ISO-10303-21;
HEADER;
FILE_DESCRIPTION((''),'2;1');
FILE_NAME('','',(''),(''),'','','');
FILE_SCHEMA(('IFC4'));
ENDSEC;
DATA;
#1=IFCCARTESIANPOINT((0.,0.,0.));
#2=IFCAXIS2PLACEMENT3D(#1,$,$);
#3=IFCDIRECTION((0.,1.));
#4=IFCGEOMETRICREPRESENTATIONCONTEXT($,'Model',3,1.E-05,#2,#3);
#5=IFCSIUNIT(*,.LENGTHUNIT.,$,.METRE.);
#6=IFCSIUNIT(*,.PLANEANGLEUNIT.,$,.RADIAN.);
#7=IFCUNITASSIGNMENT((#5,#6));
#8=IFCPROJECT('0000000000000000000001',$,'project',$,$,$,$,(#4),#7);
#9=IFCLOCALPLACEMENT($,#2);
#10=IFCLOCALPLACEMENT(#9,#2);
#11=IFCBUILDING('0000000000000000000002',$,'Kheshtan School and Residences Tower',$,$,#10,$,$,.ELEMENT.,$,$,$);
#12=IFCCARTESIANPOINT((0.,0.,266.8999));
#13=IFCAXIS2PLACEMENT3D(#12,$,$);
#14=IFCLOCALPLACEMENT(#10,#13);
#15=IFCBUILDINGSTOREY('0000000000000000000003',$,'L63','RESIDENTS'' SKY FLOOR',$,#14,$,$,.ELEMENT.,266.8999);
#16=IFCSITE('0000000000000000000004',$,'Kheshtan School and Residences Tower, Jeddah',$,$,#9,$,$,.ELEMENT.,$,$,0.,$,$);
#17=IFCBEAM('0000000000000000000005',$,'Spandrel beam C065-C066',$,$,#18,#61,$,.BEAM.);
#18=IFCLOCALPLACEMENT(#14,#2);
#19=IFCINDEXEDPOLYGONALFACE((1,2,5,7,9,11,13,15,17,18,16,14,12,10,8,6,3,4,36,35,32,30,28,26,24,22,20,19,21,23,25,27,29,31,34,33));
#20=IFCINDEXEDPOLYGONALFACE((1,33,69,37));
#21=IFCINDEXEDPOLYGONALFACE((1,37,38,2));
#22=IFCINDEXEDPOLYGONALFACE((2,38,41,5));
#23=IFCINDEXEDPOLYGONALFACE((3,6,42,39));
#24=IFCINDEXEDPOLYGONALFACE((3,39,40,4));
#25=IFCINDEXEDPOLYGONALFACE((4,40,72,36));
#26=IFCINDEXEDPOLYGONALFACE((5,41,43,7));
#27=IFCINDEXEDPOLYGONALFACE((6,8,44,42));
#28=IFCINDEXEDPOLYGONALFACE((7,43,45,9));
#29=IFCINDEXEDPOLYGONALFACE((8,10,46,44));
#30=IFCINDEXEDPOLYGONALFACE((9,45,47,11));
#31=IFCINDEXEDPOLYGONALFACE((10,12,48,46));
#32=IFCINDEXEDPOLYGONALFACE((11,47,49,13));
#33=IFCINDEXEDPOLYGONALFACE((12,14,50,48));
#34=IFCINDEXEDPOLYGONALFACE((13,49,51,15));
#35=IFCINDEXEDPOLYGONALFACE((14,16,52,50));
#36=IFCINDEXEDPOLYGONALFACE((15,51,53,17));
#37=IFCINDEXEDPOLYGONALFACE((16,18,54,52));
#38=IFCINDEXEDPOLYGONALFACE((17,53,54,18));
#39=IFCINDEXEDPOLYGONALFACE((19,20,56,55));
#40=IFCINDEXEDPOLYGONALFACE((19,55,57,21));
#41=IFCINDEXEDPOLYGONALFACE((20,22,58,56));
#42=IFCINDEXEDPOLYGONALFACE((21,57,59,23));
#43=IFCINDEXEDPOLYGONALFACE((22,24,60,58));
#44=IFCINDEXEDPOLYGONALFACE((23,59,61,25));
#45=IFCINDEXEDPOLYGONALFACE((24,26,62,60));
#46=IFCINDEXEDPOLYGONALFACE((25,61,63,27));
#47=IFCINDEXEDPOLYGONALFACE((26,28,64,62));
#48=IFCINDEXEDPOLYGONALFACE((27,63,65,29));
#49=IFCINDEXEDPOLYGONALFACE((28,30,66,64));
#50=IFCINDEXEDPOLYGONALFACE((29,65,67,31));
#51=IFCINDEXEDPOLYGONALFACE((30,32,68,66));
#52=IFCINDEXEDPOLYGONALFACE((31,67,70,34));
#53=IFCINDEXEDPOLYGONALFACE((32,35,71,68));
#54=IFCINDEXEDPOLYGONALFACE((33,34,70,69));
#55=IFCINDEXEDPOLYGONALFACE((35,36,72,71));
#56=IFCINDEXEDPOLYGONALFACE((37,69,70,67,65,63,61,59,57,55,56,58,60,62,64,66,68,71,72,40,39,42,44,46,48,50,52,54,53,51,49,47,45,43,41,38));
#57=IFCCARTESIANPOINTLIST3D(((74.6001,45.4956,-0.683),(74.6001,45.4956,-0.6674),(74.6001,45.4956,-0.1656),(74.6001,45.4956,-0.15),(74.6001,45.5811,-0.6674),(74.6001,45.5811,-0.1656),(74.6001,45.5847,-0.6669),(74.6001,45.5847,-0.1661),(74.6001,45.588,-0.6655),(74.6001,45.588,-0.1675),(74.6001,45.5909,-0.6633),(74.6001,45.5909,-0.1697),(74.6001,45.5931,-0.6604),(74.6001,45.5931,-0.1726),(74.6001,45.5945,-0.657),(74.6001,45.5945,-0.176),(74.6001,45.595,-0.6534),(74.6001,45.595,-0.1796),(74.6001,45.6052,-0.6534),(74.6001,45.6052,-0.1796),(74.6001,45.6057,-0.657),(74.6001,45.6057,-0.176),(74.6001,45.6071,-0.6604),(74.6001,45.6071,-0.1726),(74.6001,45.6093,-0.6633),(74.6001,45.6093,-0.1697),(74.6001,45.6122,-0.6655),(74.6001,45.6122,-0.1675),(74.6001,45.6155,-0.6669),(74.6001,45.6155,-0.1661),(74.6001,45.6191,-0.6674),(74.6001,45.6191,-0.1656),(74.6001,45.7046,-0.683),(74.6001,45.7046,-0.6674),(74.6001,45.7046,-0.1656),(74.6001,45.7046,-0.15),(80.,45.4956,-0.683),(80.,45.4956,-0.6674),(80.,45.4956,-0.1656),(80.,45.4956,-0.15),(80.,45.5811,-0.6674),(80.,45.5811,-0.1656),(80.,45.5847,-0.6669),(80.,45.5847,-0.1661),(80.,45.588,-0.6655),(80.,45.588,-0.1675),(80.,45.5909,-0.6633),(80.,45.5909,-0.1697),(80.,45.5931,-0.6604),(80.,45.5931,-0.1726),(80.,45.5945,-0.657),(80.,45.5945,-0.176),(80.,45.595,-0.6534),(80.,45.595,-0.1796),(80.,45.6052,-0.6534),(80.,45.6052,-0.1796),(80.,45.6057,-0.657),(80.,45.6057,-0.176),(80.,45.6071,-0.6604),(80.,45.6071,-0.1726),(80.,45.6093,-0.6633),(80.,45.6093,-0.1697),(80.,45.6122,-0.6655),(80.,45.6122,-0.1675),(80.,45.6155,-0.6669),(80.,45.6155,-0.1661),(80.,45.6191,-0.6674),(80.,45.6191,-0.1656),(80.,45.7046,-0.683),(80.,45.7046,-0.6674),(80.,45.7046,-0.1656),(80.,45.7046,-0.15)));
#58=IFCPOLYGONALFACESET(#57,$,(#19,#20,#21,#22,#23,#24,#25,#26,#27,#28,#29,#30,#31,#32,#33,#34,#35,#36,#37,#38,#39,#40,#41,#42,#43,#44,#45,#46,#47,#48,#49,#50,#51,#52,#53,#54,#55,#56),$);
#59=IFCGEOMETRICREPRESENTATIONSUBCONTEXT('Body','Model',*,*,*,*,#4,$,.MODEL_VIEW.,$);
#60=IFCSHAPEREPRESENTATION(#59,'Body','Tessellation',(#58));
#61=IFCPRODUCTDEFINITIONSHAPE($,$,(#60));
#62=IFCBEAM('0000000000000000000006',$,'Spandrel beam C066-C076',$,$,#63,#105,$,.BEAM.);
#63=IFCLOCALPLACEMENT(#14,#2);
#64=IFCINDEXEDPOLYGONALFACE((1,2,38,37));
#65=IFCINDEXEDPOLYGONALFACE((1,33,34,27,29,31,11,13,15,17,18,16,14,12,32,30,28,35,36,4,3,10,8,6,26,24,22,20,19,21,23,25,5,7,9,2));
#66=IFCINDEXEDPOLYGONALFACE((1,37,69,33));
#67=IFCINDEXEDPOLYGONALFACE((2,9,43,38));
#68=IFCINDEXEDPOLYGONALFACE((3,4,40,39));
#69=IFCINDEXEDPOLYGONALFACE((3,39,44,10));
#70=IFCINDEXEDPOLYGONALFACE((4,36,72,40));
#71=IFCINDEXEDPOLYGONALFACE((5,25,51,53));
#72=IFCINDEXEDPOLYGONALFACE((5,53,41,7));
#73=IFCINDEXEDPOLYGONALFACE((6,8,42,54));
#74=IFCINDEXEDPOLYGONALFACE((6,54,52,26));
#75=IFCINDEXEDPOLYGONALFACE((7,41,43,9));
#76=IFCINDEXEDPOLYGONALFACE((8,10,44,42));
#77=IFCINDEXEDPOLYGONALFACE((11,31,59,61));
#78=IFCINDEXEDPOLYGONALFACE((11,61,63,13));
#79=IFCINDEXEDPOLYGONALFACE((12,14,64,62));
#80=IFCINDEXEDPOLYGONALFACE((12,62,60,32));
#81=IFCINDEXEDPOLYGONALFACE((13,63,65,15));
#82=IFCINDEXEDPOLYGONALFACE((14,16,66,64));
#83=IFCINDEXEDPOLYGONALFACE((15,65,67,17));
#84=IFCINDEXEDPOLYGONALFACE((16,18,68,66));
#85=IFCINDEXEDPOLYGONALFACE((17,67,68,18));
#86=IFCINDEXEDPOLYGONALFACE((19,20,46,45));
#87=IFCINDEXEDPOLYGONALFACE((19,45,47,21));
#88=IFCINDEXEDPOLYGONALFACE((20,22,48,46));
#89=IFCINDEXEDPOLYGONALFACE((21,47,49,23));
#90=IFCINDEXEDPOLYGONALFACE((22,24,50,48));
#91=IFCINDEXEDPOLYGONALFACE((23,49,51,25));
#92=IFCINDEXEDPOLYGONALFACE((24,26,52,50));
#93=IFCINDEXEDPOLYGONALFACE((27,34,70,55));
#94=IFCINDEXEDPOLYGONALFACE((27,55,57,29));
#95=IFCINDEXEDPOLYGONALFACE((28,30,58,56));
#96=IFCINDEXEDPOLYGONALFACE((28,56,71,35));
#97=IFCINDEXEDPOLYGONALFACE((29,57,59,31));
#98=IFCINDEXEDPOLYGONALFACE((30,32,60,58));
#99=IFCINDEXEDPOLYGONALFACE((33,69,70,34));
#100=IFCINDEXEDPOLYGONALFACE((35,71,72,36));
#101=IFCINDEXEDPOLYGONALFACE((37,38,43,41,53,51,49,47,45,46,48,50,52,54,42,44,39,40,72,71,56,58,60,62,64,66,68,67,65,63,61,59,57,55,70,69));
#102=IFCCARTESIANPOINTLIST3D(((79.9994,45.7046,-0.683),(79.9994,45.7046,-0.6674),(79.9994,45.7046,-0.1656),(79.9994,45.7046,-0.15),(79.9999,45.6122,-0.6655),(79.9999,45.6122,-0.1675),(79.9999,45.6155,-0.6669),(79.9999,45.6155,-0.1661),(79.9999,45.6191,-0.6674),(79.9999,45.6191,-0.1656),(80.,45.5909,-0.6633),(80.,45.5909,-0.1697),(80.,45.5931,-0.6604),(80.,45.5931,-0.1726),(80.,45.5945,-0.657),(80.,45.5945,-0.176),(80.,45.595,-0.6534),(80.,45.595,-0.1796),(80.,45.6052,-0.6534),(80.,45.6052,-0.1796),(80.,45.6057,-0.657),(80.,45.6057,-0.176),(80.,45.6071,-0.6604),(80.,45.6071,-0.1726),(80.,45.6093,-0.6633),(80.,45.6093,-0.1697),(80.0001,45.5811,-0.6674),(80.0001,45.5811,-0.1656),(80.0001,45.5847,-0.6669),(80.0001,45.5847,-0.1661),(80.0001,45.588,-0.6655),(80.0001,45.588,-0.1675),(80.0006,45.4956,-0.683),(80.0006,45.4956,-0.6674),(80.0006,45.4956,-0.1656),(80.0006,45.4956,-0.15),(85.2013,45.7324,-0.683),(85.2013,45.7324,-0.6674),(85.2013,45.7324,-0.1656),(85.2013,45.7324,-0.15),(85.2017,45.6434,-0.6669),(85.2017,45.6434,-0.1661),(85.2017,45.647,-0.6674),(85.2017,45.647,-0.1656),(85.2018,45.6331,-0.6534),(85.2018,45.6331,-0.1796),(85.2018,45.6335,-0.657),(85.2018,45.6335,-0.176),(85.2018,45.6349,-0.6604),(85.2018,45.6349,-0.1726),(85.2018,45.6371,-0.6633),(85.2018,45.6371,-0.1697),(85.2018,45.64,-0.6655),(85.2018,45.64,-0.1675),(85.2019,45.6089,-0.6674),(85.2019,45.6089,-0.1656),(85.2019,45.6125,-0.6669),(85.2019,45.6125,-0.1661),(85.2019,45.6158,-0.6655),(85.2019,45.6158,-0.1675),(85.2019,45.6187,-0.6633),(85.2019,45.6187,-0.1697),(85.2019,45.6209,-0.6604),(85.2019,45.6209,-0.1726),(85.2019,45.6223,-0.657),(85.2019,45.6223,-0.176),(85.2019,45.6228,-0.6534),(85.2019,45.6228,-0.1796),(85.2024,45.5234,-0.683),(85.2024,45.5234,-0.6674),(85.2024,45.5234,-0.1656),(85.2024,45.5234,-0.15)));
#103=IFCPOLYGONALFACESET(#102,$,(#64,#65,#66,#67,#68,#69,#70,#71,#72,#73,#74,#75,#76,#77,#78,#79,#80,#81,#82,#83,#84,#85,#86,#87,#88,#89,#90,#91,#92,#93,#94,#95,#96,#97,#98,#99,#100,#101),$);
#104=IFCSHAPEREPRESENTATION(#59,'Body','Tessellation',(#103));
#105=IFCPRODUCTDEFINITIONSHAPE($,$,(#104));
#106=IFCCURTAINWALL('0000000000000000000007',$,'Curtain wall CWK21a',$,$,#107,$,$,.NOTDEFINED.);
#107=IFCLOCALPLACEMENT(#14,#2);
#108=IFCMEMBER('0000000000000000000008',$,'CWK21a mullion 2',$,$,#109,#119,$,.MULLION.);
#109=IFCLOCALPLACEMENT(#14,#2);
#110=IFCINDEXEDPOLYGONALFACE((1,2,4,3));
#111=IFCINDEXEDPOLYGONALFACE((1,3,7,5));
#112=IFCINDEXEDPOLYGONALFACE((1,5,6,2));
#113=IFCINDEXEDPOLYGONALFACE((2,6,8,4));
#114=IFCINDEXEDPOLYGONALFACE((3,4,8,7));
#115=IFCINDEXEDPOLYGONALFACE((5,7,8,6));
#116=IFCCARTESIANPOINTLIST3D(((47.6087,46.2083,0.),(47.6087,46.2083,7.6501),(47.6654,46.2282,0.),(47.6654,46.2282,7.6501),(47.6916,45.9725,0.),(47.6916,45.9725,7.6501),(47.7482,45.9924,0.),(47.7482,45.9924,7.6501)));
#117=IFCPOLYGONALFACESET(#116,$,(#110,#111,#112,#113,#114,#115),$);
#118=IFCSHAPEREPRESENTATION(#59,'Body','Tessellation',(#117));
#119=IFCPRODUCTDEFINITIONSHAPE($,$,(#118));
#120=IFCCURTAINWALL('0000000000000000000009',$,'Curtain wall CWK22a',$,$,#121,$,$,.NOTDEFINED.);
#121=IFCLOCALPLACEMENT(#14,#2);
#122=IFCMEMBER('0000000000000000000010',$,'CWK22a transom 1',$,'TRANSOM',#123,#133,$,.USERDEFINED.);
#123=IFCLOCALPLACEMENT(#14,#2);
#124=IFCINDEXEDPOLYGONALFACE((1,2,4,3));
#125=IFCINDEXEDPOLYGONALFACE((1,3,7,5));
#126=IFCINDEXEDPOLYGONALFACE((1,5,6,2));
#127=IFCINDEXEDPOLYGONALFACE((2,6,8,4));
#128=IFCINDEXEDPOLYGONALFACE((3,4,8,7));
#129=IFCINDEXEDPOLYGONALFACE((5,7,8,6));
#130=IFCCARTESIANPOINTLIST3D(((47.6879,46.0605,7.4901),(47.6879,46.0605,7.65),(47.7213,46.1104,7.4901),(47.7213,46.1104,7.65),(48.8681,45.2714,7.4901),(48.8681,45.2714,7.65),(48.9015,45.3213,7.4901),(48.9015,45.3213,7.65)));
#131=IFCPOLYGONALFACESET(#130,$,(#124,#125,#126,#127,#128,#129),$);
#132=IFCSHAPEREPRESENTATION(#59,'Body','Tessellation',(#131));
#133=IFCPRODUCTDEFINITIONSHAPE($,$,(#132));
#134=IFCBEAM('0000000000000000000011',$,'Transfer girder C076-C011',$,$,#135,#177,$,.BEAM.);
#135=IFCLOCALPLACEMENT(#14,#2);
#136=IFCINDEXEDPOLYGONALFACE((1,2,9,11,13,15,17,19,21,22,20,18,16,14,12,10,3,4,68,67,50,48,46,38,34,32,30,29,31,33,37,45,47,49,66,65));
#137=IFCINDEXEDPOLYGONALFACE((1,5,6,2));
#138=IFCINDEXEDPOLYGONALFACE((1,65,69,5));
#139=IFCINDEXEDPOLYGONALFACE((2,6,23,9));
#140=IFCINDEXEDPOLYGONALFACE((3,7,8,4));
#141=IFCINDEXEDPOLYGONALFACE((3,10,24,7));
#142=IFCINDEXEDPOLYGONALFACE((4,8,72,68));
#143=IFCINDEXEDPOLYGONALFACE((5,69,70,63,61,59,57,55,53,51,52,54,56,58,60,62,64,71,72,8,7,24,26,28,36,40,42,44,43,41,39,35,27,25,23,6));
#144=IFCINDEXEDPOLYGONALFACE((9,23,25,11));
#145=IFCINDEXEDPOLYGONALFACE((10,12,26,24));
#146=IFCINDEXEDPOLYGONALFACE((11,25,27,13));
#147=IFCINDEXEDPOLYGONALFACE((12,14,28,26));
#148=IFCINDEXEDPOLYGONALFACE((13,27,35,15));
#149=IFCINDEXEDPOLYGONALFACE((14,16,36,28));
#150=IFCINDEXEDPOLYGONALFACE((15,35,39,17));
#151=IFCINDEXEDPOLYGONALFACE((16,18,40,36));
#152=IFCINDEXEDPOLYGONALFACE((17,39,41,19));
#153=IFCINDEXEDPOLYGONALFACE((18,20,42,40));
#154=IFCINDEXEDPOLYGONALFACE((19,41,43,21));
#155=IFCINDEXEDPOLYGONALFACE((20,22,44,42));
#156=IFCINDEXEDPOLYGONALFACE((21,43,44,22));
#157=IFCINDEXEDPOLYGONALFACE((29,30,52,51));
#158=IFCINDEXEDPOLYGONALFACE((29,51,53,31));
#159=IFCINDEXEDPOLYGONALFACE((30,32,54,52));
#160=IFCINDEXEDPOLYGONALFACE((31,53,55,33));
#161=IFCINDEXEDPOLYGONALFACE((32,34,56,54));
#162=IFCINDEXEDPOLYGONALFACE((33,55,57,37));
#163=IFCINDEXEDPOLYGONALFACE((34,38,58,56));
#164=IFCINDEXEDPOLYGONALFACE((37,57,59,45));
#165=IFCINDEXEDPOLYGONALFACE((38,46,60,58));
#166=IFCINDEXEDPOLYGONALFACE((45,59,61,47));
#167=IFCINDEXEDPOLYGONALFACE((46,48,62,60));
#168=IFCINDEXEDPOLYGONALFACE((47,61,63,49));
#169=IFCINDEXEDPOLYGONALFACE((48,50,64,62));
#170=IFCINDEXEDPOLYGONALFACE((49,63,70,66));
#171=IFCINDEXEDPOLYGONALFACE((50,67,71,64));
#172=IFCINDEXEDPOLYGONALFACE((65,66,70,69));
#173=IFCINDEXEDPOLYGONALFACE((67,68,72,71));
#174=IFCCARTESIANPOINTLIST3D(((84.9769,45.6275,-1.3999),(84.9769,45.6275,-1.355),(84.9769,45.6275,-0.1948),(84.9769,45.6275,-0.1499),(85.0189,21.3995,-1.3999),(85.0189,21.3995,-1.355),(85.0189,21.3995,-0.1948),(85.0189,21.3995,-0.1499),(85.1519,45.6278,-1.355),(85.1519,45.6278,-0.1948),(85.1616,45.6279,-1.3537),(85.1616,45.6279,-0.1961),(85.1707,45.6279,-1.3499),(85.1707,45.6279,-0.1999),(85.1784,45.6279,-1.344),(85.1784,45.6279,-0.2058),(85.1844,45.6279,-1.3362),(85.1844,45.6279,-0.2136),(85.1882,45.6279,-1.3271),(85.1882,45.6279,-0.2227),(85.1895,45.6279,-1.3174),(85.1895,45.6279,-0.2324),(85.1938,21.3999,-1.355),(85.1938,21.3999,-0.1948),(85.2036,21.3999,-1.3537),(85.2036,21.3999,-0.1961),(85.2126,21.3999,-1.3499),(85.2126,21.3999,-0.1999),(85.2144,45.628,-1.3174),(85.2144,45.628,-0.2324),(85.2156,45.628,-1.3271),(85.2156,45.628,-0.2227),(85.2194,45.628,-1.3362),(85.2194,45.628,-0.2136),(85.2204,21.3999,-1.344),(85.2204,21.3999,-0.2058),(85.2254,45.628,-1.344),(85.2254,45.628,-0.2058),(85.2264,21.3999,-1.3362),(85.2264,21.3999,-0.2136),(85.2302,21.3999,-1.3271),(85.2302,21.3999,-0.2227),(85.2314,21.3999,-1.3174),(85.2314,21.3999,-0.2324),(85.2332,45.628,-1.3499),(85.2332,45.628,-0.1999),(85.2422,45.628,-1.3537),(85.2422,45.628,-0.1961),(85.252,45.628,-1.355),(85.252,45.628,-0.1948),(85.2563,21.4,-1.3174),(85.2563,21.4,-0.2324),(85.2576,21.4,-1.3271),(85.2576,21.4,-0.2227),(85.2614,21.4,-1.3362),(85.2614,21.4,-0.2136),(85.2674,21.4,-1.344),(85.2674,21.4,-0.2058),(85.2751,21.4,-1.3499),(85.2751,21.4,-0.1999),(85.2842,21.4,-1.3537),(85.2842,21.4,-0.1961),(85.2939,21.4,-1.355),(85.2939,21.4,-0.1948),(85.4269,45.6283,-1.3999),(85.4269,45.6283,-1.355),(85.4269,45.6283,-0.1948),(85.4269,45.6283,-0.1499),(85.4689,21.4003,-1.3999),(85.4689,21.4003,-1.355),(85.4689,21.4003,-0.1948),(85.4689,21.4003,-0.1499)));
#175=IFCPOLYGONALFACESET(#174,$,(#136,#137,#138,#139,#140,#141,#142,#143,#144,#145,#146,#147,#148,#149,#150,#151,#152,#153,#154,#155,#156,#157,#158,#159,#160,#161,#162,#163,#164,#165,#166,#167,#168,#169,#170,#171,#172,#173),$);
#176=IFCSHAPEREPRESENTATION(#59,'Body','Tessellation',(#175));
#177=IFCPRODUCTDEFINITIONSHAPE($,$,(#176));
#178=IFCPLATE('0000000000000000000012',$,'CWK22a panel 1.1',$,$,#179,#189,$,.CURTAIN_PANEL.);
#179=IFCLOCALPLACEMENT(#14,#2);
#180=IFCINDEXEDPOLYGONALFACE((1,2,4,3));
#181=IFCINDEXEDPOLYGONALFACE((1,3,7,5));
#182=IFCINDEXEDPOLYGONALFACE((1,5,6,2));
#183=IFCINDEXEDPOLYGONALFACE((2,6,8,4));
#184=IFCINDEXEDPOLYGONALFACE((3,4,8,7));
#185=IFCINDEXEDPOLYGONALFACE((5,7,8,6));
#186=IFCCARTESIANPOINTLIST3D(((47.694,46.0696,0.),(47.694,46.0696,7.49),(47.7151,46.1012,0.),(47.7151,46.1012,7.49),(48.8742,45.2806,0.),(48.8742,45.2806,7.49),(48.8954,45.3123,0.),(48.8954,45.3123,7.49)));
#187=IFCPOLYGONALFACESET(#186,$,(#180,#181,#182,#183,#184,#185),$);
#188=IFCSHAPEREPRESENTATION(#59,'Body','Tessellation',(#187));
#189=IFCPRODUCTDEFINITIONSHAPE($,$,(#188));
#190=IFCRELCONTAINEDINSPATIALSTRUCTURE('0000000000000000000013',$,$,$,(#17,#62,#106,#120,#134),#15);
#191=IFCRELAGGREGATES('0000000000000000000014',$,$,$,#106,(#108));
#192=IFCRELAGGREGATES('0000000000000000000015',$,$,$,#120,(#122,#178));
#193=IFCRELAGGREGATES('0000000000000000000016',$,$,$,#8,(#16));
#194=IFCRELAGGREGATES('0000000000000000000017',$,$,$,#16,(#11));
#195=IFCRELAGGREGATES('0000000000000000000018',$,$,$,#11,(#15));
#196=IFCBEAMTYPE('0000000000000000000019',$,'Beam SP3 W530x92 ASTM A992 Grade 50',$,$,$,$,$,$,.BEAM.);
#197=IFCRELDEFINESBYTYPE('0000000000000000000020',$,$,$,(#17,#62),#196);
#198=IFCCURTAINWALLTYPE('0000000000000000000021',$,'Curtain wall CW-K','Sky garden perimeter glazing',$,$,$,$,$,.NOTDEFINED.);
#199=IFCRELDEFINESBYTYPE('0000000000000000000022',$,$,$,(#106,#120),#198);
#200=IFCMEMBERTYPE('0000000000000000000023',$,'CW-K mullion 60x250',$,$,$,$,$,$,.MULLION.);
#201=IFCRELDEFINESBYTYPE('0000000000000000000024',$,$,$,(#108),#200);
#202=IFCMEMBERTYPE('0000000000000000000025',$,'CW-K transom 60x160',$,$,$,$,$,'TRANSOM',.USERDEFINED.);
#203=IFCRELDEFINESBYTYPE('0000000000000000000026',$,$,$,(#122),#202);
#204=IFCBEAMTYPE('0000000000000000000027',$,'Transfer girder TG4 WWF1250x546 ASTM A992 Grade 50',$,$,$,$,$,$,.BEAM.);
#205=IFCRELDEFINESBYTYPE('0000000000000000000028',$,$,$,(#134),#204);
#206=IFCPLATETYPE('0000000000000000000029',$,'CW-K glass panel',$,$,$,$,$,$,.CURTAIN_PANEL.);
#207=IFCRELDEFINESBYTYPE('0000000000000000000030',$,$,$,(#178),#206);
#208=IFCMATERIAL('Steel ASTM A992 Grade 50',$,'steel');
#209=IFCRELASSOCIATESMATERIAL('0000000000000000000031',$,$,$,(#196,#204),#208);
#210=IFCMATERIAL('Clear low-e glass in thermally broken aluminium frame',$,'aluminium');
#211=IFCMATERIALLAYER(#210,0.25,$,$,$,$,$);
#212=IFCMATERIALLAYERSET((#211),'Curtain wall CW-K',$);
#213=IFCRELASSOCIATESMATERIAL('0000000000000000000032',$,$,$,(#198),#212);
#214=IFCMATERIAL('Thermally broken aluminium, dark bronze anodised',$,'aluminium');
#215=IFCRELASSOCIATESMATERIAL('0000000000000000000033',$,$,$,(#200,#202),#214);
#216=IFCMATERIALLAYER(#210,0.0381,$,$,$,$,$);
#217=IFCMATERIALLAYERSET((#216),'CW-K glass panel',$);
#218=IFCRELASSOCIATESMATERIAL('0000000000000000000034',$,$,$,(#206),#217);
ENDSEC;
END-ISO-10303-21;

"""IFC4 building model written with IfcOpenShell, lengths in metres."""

from ifc_helpers import new_model, si_unit, direction, frame, origin, origin_2d, place, context, subcontext, project, spatial, rectangle, i_section, extrude, material, layer, layer_set, material_profile, profile_set, type_object, element, aggregate, save


model = new_model("IFC4")

# Units and contexts
model_context = context("Model", 3, precision=1e-05, world=origin(), true_north=direction((0.0, 1.0)))
body_context = subcontext(model_context, "Body", "Model", "MODEL_VIEW")
ifc_project = project(units=[si_unit("LENGTHUNIT", "METRE"), si_unit("PLANEANGLEUNIT", "RADIAN")], contexts=[model_context])

# Site, building, storey
site_placement = place(None, origin())
site = spatial("IfcSite", under=ifc_project, at=site_placement, Name="Kheshtan School and Residences Tower, Jeddah", CompositionType="ELEMENT", RefElevation=0.0)
building_placement = place(site_placement, origin())
building = spatial("IfcBuilding", under=site, at=building_placement, Name="Kheshtan School and Residences Tower", CompositionType="ELEMENT")
storey_placement = place(building_placement, frame((0.0, 0.0, 266.8999)))
storey = spatial("IfcBuildingStorey", under=building, at=storey_placement, Name="L63", Description="RESIDENTS' SKY FLOOR", CompositionType="ELEMENT", Elevation=266.8999)

# Shared definitions
ifc_material_1 = material(Name="Steel ASTM A992 Grade 50", Category="steel")

# Beams
ifc_material_profile_1 = material_profile(ifc_material_1, i_section(OverallWidth=0.209, OverallDepth=0.533, WebThickness=0.0103, FlangeThickness=0.0156, FilletRadius=0.0139, at=origin_2d()), Name="W530x92")
ifc_profile_set_1 = profile_set([ifc_material_profile_1], Name="Steel ASTM A992 Grade 50")
beam_type_1 = type_object("IfcBeamType", Name="Beam SP3 W530x92 ASTM A992 Grade 50", PredefinedType="BEAM", material=ifc_profile_set_1)
beam_1_placement = place(storey_placement, frame((74.6001, 45.6001, -0.4165), z_axis=(1.0, 0.0, 0.0), x_axis=(0.0, 1.0, 0.0)))
element("IfcBeam", 1, at=beam_1_placement, inside=storey, type_object=beam_type_1, Name="Spandrel beam C065-C066", PredefinedType="BEAM", context=body_context, shape_type="SweptSolid", body=[
    extrude(i_section(OverallWidth=0.209, OverallDepth=0.533, WebThickness=0.0103, FlangeThickness=0.0156, FilletRadius=0.0139, at=origin_2d()), origin(), (0.0, 0.0, 1.0), 5.3999),
])
beam_2_placement = place(storey_placement, frame((80.0, 45.6001, -0.4165), z_axis=(0.999986, 0.00535, 0.0), x_axis=(-0.00535, 0.999986, 0.0)))
element("IfcBeam", 2, at=beam_2_placement, inside=storey, type_object=beam_type_1, Name="Spandrel beam C066-C076", PredefinedType="BEAM", context=body_context, shape_type="SweptSolid", body=[
    extrude(i_section(OverallWidth=0.209, OverallDepth=0.533, WebThickness=0.0103, FlangeThickness=0.0156, FilletRadius=0.0139, at=origin_2d()), origin(), (0.0, 0.0, 1.0), 5.2019),
])

# Curtain walls, members
ifc_material_2 = material(Name="Clear low-e glass in thermally broken aluminium frame", Category="aluminium")
ifc_layer_1 = layer(ifc_material_2, 0.25)
ifc_layer_set_1 = layer_set([ifc_layer_1], Name="Curtain wall CW-K")
curtain_wall_type = type_object("IfcCurtainWallType", Name="Curtain wall CW-K", Description="Sky garden perimeter glazing", PredefinedType="NOTDEFINED", material=ifc_layer_set_1)
curtain_wall_1_placement = place(storey_placement, origin())
curtain_wall_1 = element("IfcCurtainWall", 3, at=curtain_wall_1_placement, inside=storey, type_object=curtain_wall_type, Name="Curtain wall CWK21a", PredefinedType="NOTDEFINED")
ifc_material_3 = material(Name="Thermally broken aluminium, dark bronze anodised", Category="aluminium")
ifc_material_profile_2 = material_profile(ifc_material_3, rectangle(XDim=0.0601, YDim=0.25, at=origin_2d()), Name="CW-K mullion 60x250")
ifc_profile_set_2 = profile_set([ifc_material_profile_2], Name="Thermally broken aluminium, dark bronze anodised")
member_type_1 = type_object("IfcMemberType", Name="CW-K mullion 60x250", PredefinedType="MULLION", material=ifc_profile_set_2)
member_1_placement = place(storey_placement, frame((47.6785, 46.1003, 0.0), z_axis=(0.0, 0.0, 1.0), x_axis=(0.943511, 0.33134, 0.0)))
member_1 = element("IfcMember", 4, at=member_1_placement, type_object=member_type_1, Name="CWK21a mullion 2", PredefinedType="MULLION", context=body_context, shape_type="SweptSolid", body=[
    extrude(rectangle(XDim=0.0601, YDim=0.25, at=origin_2d()), origin(), (0.0, 0.0, 1.0), 7.6501),
])
aggregate(curtain_wall_1, [member_1])
curtain_wall_2_placement = place(storey_placement, origin())
curtain_wall_2 = element("IfcCurtainWall", 5, at=curtain_wall_2_placement, inside=storey, type_object=curtain_wall_type, Name="Curtain wall CWK22a", PredefinedType="NOTDEFINED")
ifc_material_profile_3 = material_profile(ifc_material_3, rectangle(XDim=0.0601, YDim=0.1599, at=origin_2d()), Name="CW-K transom 60x160")
ifc_profile_set_3 = profile_set([ifc_material_profile_3], Name="Thermally broken aluminium, dark bronze anodised")
member_type_2 = type_object("IfcMemberType", Name="CW-K transom 60x160", ElementType="TRANSOM", PredefinedType="USERDEFINED", material=ifc_profile_set_3)
member_2_placement = place(storey_placement, frame((47.7046, 46.0854, 7.5701), z_axis=(0.831309, -0.555811, 0.0), x_axis=(0.555811, 0.831309, 0.0)))
member_2 = element("IfcMember", 6, at=member_2_placement, type_object=member_type_2, Name="CWK22a transom 1", ObjectType="TRANSOM", PredefinedType="USERDEFINED", context=body_context, shape_type="SweptSolid", body=[
    extrude(rectangle(XDim=0.0601, YDim=0.1599, at=origin_2d()), origin(), (0.0, 0.0, 1.0), 1.4197),
])

# Beam
ifc_material_profile_4 = material_profile(ifc_material_1, i_section(OverallWidth=0.45, OverallDepth=1.25, WebThickness=0.0249, FlangeThickness=0.0449, FilletRadius=0.0376, at=origin_2d()), Name="WWF1250x546")
ifc_profile_set_4 = profile_set([ifc_material_profile_4], Name="Steel ASTM A992 Grade 50")
beam_type_2 = type_object("IfcBeamType", Name="Transfer girder TG4 WWF1250x546 ASTM A992 Grade 50", PredefinedType="BEAM", material=ifc_profile_set_4)
beam_3_placement = place(storey_placement, frame((85.2019, 45.6279, -0.7749), z_axis=(0.001733, -0.999998, 0.0), x_axis=(0.999998, 0.001733, 0.0)))
element("IfcBeam", 7, at=beam_3_placement, inside=storey, type_object=beam_type_2, Name="Transfer girder C076-C011", PredefinedType="BEAM", context=body_context, shape_type="SweptSolid", body=[
    extrude(i_section(OverallWidth=0.45, OverallDepth=1.25, WebThickness=0.0249, FlangeThickness=0.0449, FilletRadius=0.0376, at=origin_2d()), origin(), (0.0, 0.0, 1.0), 24.228),
])

# Plate
ifc_layer_2 = layer(ifc_material_2, 0.0381)
ifc_layer_set_2 = layer_set([ifc_layer_2], Name="CW-K glass panel")
plate_type = type_object("IfcPlateType", Name="CW-K glass panel", PredefinedType="CURTAIN_PANEL", material=ifc_layer_set_2)
plate_placement = place(storey_placement, frame((48.2947, 45.6909, 0.0), z_axis=(0.0, 0.0, 1.0), x_axis=(0.831353, -0.555745, 0.0)))
plate = element("IfcPlate", 8, at=plate_placement, type_object=plate_type, Name="CWK22a panel 1.1", PredefinedType="CURTAIN_PANEL", context=body_context, shape_type="SweptSolid", body=[
    extrude(rectangle(XDim=1.4197, YDim=0.0381, at=origin_2d()), origin(), (0.0, 0.0, 1.0), 7.49),
])
aggregate(curtain_wall_2, [member_2, plate])

save(model, "model.ifc")
